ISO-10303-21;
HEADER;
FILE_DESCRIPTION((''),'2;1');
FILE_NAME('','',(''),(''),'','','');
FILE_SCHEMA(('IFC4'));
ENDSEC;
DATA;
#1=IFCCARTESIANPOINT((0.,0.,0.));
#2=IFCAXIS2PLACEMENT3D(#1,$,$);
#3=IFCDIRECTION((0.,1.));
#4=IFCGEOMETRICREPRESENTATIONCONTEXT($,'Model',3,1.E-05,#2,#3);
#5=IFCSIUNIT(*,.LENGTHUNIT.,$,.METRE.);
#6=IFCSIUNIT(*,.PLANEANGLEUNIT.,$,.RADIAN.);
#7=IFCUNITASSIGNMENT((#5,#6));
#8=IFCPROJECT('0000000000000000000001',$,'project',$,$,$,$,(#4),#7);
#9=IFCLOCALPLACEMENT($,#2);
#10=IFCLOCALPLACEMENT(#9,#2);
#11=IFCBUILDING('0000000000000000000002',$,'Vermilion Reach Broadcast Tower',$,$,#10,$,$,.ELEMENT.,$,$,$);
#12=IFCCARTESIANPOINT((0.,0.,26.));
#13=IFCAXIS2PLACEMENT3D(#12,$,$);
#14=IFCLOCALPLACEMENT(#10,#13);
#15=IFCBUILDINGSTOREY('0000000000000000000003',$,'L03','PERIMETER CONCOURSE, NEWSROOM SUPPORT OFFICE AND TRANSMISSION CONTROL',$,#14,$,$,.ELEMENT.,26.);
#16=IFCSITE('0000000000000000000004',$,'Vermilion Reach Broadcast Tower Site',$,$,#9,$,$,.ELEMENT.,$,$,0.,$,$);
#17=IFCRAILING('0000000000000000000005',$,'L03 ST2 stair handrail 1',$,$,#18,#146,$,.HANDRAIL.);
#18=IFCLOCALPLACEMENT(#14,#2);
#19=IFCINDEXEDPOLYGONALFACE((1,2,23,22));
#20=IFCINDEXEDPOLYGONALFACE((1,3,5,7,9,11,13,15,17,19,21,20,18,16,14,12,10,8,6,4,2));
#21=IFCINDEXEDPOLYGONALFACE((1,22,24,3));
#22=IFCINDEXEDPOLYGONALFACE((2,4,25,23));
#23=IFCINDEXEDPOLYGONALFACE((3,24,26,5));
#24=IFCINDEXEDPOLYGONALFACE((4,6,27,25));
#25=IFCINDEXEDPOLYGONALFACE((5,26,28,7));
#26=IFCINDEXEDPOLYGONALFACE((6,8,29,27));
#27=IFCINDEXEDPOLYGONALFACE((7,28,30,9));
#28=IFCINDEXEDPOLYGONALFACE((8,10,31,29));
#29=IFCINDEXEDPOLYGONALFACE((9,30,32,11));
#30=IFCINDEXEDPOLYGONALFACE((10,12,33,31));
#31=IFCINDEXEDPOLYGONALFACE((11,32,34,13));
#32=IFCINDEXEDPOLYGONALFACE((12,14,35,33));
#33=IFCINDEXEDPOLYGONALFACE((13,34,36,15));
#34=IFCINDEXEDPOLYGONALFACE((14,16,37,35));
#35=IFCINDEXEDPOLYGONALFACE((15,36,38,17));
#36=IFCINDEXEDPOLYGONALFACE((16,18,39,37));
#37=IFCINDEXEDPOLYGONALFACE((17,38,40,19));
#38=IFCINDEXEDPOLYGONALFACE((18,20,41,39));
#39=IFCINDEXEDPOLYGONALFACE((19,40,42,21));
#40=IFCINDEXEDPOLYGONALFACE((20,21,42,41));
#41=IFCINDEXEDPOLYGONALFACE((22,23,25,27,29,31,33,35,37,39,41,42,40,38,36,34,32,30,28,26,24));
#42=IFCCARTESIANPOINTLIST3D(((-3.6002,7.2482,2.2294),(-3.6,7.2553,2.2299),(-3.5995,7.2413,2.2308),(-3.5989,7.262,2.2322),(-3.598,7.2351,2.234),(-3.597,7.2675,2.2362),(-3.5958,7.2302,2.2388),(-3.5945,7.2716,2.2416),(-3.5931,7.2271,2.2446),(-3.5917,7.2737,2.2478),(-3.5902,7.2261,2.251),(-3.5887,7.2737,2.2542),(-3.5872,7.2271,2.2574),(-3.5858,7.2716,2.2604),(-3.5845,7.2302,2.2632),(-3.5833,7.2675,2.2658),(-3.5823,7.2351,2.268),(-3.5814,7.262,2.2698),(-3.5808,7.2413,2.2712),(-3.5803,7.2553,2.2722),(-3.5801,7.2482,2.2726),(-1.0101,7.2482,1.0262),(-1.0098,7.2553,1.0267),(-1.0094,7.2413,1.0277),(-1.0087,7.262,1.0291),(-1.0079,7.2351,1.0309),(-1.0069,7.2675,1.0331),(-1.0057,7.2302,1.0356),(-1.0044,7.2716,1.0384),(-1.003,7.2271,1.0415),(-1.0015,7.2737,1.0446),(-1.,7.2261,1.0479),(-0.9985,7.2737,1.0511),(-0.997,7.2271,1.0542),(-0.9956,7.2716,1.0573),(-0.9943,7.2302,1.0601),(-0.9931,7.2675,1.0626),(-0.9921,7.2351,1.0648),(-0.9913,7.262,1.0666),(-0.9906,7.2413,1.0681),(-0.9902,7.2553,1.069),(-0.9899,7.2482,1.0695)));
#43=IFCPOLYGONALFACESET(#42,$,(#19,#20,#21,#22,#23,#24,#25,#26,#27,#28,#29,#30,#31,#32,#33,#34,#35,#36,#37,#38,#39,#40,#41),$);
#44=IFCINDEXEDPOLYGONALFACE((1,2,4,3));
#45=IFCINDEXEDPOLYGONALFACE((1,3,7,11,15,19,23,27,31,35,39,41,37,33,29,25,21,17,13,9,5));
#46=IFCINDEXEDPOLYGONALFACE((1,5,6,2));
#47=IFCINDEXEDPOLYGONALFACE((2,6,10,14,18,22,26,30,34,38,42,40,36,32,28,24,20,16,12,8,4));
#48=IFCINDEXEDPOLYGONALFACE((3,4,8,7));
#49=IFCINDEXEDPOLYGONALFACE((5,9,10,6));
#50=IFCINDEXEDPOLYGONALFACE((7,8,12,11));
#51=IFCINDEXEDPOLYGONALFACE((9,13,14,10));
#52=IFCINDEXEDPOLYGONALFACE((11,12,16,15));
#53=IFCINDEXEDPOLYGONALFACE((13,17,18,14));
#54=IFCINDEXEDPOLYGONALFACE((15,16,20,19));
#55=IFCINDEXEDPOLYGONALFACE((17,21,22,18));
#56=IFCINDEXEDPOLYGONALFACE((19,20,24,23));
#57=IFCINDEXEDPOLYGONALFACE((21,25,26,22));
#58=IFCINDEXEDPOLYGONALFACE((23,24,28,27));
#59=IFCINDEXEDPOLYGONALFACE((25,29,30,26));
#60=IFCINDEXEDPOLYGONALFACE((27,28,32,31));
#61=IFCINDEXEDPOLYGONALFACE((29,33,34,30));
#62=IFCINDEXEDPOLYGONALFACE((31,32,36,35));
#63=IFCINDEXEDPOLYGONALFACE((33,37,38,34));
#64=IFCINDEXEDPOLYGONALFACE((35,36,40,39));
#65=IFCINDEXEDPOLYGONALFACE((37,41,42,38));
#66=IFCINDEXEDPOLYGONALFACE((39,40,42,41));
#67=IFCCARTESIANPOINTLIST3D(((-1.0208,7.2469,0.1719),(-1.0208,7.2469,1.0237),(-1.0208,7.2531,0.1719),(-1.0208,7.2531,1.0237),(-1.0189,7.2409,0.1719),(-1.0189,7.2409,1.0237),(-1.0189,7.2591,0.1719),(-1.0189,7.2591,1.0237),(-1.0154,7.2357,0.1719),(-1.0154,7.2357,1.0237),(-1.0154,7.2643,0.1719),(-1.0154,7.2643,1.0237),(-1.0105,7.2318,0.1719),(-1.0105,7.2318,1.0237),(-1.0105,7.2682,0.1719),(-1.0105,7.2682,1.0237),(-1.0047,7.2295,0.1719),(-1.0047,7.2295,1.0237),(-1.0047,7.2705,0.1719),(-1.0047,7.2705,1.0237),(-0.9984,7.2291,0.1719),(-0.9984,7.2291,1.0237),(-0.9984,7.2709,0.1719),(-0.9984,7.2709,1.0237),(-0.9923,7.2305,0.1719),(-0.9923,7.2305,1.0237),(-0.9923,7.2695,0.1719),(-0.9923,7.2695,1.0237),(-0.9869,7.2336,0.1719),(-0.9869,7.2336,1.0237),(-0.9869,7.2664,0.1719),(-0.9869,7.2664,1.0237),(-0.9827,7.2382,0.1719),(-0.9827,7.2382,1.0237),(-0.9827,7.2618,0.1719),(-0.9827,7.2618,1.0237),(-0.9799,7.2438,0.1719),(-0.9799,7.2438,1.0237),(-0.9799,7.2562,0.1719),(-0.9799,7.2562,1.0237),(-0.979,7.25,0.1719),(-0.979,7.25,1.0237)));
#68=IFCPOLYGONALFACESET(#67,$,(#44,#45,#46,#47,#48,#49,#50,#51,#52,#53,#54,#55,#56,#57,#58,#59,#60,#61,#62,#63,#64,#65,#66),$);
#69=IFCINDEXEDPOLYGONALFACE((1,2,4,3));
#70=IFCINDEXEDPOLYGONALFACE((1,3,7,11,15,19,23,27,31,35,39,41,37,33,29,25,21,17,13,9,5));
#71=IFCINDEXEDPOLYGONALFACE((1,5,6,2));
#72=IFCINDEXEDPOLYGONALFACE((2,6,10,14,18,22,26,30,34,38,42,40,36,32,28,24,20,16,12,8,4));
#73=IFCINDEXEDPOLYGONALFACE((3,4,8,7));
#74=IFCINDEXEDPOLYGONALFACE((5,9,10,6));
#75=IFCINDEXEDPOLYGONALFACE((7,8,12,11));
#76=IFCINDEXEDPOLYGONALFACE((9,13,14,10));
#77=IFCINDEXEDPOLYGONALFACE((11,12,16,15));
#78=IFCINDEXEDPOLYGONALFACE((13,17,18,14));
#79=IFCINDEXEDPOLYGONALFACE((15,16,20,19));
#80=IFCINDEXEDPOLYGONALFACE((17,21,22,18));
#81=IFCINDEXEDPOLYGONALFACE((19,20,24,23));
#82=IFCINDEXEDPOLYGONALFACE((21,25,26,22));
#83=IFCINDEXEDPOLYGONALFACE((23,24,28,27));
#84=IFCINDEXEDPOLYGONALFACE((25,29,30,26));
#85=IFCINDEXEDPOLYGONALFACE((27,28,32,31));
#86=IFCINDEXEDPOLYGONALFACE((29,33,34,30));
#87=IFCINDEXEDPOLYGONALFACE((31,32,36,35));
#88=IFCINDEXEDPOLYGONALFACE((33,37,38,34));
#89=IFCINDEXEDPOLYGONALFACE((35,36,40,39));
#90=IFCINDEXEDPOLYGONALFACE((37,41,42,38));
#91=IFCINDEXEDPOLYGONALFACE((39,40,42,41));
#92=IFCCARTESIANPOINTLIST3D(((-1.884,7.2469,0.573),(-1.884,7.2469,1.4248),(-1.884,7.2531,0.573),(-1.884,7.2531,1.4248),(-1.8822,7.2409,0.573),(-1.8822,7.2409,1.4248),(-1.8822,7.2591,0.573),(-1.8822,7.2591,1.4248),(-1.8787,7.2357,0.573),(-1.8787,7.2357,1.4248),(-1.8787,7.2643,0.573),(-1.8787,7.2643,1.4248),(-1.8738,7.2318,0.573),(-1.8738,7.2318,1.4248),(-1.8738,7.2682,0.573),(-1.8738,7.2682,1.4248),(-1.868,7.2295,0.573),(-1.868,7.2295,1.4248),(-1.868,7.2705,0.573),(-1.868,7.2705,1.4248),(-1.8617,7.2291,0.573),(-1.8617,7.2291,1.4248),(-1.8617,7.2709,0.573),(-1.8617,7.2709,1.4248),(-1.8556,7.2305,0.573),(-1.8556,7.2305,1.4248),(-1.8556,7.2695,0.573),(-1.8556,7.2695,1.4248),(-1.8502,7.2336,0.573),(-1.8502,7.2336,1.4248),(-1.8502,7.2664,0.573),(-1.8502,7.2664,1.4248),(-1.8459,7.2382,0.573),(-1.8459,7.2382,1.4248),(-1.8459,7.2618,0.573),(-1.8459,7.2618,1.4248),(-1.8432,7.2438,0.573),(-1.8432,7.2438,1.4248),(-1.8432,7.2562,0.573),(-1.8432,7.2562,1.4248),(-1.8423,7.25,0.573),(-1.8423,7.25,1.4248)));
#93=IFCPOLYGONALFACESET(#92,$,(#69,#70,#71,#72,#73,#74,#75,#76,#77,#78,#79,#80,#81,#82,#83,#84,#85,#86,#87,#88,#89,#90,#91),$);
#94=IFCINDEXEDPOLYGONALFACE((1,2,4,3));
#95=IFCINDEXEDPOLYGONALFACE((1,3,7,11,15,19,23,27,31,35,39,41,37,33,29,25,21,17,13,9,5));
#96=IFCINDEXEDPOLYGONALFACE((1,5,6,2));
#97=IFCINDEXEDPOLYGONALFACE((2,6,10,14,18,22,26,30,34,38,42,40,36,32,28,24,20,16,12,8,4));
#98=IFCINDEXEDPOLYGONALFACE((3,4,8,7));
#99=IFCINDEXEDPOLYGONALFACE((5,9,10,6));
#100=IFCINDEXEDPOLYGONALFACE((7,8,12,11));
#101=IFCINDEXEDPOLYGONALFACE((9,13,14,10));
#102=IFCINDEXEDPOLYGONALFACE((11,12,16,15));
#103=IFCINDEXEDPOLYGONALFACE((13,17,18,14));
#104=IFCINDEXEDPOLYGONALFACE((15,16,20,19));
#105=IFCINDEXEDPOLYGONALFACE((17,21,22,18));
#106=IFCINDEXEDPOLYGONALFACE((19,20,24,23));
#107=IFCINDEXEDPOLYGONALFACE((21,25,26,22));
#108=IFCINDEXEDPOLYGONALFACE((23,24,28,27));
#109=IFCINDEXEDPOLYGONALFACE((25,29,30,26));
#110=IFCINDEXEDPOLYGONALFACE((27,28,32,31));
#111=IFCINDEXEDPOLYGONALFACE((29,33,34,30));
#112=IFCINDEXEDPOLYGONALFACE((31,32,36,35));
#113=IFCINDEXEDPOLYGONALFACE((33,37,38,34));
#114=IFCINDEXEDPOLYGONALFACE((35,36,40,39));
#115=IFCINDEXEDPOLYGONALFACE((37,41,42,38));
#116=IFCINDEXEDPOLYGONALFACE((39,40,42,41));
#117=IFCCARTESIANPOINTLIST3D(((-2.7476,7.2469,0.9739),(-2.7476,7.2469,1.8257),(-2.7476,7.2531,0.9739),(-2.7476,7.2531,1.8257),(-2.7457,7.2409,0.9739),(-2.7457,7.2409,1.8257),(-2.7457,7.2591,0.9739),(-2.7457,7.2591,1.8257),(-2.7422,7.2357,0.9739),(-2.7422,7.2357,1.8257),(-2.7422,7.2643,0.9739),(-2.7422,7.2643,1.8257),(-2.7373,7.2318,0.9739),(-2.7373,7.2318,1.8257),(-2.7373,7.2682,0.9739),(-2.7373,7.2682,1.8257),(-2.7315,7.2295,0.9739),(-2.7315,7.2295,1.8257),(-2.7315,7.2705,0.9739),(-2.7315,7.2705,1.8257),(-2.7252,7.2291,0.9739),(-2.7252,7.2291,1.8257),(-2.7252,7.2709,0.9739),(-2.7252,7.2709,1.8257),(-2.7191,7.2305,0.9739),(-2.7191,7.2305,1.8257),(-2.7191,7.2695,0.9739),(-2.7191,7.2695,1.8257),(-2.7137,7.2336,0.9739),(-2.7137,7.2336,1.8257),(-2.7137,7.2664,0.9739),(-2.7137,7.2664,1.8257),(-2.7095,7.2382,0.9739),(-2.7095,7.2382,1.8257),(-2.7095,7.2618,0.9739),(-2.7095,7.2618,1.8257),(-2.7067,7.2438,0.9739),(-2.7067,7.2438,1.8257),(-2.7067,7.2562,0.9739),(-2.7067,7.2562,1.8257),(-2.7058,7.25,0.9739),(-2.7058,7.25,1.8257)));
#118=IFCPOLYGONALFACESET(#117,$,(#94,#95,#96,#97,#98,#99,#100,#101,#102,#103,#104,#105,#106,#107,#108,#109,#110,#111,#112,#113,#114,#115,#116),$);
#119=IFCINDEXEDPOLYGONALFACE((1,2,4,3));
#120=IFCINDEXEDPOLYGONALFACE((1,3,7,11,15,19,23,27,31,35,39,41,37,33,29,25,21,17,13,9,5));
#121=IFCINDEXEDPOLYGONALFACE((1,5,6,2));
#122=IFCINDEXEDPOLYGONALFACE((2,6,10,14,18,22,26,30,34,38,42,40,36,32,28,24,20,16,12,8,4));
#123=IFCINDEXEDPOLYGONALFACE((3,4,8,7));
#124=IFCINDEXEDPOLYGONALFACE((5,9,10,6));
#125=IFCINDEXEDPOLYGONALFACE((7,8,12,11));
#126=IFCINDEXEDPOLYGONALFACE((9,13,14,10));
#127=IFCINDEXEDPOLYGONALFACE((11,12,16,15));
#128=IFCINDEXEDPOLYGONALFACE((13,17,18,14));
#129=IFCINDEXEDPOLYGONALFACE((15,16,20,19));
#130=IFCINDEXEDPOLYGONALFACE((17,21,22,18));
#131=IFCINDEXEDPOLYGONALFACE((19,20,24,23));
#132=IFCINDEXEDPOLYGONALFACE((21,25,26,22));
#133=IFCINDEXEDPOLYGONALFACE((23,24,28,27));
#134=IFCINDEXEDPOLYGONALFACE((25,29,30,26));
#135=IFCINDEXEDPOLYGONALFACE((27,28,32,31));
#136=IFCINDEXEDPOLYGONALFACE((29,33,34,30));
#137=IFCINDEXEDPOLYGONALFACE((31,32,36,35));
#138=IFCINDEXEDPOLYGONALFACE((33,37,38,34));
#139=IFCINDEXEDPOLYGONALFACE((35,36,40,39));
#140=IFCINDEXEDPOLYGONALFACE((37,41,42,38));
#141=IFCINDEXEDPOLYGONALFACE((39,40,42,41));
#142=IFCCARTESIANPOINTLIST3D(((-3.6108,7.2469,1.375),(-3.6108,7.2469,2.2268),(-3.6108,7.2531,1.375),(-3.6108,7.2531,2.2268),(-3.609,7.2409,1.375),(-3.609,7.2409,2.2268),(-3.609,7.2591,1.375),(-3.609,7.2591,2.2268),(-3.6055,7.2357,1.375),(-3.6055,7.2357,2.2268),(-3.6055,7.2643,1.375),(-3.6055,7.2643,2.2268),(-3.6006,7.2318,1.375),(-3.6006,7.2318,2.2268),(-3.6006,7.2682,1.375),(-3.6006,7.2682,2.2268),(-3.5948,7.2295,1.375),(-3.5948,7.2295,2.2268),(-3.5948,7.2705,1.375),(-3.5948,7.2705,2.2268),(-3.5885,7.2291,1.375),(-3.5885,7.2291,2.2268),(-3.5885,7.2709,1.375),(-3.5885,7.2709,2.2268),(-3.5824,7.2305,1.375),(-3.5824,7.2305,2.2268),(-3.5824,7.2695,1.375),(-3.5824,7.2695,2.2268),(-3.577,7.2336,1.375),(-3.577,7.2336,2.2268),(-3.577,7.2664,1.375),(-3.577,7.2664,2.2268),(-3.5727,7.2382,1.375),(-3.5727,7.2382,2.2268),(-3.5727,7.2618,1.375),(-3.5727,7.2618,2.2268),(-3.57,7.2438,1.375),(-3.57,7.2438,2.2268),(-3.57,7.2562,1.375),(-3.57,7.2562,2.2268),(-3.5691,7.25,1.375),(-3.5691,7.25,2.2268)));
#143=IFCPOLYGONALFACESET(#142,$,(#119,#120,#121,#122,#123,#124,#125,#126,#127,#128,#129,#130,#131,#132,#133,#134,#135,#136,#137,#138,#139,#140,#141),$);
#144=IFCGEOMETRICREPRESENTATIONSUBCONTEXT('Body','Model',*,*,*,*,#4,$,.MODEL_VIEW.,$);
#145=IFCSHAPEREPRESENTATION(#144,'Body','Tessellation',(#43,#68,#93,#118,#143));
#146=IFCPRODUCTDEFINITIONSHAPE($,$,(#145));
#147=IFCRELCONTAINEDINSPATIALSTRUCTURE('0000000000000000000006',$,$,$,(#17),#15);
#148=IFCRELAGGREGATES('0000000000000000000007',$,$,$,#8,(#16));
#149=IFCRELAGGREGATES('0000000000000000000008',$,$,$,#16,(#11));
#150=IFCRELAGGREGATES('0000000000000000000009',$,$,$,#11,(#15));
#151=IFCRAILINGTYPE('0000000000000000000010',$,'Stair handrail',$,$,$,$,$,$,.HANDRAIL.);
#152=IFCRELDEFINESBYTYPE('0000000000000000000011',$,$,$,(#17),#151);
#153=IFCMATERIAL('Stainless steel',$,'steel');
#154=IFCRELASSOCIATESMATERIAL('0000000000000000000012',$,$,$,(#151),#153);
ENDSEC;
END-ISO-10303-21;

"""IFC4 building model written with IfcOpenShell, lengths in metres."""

from ifc_helpers import new_model, si_unit, direction, frame, origin, origin_2d, place, context, subcontext, project, spatial, circle, extrude, material, type_object, element, save


model = new_model("IFC4")

# Units and contexts
model_context = context("Model", 3, precision=1e-05, world=origin(), true_north=direction((0.0, 1.0)))
body_context = subcontext(model_context, "Body", "Model", "MODEL_VIEW")
ifc_project = project(units=[si_unit("LENGTHUNIT", "METRE"), si_unit("PLANEANGLEUNIT", "RADIAN")], contexts=[model_context])

# Site, building, storey
site_placement = place(None, origin())
site = spatial("IfcSite", under=ifc_project, at=site_placement, Name="Vermilion Reach Broadcast Tower Site", CompositionType="ELEMENT", RefElevation=0.0)
building_placement = place(site_placement, origin())
building = spatial("IfcBuilding", under=site, at=building_placement, Name="Vermilion Reach Broadcast Tower", CompositionType="ELEMENT")
storey_placement = place(building_placement, frame((0.0, 0.0, 26.0)))
storey = spatial("IfcBuildingStorey", under=building, at=storey_placement, Name="L03", Description="PERIMETER CONCOURSE, NEWSROOM SUPPORT OFFICE AND TRANSMISSION CONTROL", CompositionType="ELEMENT", Elevation=26.0)

# Railing
ifc_material_1 = material(Name="Stainless steel", Category="steel")
railing_type_1 = type_object("IfcRailingType", Name="Stair handrail", PredefinedType="HANDRAIL", material=ifc_material_1)
for number, where, name in (
    (1, (-1.0, 7.25, 0.1719), "L03 ST2 stair handrail 1"),
):
    element("IfcRailing", number, at=place(storey_placement, frame(where)), inside=storey, type_object=railing_type_1, Name=name, PredefinedType="HANDRAIL", context=body_context, shape_type="SweptSolid", body=[
        extrude(circle(Radius=0.0239, at=origin_2d()), frame((0.0, 0.0, 0.876), z_axis=(-0.906931, 0.0, 0.42128), x_axis=(0.0, -1.0, 0.0)), (0.0, 0.0, 1.0), 2.856),
        extrude(circle(Radius=0.021, at=origin_2d()), origin(), (0.0, 0.0, 1.0), 0.8518),
        extrude(circle(Radius=0.021, at=origin_2d()), frame((-0.8633, 0.0, 0.4011)), (0.0, 0.0, 1.0), 0.8518),
        extrude(circle(Radius=0.021, at=origin_2d()), frame((-1.7268, 0.0, 0.802)), (0.0, 0.0, 1.0), 0.8518),
        extrude(circle(Radius=0.021, at=origin_2d()), frame((-2.5901, 0.0, 1.2031)), (0.0, 0.0, 1.0), 0.8518),
    ])

save(model, "model.ifc")
